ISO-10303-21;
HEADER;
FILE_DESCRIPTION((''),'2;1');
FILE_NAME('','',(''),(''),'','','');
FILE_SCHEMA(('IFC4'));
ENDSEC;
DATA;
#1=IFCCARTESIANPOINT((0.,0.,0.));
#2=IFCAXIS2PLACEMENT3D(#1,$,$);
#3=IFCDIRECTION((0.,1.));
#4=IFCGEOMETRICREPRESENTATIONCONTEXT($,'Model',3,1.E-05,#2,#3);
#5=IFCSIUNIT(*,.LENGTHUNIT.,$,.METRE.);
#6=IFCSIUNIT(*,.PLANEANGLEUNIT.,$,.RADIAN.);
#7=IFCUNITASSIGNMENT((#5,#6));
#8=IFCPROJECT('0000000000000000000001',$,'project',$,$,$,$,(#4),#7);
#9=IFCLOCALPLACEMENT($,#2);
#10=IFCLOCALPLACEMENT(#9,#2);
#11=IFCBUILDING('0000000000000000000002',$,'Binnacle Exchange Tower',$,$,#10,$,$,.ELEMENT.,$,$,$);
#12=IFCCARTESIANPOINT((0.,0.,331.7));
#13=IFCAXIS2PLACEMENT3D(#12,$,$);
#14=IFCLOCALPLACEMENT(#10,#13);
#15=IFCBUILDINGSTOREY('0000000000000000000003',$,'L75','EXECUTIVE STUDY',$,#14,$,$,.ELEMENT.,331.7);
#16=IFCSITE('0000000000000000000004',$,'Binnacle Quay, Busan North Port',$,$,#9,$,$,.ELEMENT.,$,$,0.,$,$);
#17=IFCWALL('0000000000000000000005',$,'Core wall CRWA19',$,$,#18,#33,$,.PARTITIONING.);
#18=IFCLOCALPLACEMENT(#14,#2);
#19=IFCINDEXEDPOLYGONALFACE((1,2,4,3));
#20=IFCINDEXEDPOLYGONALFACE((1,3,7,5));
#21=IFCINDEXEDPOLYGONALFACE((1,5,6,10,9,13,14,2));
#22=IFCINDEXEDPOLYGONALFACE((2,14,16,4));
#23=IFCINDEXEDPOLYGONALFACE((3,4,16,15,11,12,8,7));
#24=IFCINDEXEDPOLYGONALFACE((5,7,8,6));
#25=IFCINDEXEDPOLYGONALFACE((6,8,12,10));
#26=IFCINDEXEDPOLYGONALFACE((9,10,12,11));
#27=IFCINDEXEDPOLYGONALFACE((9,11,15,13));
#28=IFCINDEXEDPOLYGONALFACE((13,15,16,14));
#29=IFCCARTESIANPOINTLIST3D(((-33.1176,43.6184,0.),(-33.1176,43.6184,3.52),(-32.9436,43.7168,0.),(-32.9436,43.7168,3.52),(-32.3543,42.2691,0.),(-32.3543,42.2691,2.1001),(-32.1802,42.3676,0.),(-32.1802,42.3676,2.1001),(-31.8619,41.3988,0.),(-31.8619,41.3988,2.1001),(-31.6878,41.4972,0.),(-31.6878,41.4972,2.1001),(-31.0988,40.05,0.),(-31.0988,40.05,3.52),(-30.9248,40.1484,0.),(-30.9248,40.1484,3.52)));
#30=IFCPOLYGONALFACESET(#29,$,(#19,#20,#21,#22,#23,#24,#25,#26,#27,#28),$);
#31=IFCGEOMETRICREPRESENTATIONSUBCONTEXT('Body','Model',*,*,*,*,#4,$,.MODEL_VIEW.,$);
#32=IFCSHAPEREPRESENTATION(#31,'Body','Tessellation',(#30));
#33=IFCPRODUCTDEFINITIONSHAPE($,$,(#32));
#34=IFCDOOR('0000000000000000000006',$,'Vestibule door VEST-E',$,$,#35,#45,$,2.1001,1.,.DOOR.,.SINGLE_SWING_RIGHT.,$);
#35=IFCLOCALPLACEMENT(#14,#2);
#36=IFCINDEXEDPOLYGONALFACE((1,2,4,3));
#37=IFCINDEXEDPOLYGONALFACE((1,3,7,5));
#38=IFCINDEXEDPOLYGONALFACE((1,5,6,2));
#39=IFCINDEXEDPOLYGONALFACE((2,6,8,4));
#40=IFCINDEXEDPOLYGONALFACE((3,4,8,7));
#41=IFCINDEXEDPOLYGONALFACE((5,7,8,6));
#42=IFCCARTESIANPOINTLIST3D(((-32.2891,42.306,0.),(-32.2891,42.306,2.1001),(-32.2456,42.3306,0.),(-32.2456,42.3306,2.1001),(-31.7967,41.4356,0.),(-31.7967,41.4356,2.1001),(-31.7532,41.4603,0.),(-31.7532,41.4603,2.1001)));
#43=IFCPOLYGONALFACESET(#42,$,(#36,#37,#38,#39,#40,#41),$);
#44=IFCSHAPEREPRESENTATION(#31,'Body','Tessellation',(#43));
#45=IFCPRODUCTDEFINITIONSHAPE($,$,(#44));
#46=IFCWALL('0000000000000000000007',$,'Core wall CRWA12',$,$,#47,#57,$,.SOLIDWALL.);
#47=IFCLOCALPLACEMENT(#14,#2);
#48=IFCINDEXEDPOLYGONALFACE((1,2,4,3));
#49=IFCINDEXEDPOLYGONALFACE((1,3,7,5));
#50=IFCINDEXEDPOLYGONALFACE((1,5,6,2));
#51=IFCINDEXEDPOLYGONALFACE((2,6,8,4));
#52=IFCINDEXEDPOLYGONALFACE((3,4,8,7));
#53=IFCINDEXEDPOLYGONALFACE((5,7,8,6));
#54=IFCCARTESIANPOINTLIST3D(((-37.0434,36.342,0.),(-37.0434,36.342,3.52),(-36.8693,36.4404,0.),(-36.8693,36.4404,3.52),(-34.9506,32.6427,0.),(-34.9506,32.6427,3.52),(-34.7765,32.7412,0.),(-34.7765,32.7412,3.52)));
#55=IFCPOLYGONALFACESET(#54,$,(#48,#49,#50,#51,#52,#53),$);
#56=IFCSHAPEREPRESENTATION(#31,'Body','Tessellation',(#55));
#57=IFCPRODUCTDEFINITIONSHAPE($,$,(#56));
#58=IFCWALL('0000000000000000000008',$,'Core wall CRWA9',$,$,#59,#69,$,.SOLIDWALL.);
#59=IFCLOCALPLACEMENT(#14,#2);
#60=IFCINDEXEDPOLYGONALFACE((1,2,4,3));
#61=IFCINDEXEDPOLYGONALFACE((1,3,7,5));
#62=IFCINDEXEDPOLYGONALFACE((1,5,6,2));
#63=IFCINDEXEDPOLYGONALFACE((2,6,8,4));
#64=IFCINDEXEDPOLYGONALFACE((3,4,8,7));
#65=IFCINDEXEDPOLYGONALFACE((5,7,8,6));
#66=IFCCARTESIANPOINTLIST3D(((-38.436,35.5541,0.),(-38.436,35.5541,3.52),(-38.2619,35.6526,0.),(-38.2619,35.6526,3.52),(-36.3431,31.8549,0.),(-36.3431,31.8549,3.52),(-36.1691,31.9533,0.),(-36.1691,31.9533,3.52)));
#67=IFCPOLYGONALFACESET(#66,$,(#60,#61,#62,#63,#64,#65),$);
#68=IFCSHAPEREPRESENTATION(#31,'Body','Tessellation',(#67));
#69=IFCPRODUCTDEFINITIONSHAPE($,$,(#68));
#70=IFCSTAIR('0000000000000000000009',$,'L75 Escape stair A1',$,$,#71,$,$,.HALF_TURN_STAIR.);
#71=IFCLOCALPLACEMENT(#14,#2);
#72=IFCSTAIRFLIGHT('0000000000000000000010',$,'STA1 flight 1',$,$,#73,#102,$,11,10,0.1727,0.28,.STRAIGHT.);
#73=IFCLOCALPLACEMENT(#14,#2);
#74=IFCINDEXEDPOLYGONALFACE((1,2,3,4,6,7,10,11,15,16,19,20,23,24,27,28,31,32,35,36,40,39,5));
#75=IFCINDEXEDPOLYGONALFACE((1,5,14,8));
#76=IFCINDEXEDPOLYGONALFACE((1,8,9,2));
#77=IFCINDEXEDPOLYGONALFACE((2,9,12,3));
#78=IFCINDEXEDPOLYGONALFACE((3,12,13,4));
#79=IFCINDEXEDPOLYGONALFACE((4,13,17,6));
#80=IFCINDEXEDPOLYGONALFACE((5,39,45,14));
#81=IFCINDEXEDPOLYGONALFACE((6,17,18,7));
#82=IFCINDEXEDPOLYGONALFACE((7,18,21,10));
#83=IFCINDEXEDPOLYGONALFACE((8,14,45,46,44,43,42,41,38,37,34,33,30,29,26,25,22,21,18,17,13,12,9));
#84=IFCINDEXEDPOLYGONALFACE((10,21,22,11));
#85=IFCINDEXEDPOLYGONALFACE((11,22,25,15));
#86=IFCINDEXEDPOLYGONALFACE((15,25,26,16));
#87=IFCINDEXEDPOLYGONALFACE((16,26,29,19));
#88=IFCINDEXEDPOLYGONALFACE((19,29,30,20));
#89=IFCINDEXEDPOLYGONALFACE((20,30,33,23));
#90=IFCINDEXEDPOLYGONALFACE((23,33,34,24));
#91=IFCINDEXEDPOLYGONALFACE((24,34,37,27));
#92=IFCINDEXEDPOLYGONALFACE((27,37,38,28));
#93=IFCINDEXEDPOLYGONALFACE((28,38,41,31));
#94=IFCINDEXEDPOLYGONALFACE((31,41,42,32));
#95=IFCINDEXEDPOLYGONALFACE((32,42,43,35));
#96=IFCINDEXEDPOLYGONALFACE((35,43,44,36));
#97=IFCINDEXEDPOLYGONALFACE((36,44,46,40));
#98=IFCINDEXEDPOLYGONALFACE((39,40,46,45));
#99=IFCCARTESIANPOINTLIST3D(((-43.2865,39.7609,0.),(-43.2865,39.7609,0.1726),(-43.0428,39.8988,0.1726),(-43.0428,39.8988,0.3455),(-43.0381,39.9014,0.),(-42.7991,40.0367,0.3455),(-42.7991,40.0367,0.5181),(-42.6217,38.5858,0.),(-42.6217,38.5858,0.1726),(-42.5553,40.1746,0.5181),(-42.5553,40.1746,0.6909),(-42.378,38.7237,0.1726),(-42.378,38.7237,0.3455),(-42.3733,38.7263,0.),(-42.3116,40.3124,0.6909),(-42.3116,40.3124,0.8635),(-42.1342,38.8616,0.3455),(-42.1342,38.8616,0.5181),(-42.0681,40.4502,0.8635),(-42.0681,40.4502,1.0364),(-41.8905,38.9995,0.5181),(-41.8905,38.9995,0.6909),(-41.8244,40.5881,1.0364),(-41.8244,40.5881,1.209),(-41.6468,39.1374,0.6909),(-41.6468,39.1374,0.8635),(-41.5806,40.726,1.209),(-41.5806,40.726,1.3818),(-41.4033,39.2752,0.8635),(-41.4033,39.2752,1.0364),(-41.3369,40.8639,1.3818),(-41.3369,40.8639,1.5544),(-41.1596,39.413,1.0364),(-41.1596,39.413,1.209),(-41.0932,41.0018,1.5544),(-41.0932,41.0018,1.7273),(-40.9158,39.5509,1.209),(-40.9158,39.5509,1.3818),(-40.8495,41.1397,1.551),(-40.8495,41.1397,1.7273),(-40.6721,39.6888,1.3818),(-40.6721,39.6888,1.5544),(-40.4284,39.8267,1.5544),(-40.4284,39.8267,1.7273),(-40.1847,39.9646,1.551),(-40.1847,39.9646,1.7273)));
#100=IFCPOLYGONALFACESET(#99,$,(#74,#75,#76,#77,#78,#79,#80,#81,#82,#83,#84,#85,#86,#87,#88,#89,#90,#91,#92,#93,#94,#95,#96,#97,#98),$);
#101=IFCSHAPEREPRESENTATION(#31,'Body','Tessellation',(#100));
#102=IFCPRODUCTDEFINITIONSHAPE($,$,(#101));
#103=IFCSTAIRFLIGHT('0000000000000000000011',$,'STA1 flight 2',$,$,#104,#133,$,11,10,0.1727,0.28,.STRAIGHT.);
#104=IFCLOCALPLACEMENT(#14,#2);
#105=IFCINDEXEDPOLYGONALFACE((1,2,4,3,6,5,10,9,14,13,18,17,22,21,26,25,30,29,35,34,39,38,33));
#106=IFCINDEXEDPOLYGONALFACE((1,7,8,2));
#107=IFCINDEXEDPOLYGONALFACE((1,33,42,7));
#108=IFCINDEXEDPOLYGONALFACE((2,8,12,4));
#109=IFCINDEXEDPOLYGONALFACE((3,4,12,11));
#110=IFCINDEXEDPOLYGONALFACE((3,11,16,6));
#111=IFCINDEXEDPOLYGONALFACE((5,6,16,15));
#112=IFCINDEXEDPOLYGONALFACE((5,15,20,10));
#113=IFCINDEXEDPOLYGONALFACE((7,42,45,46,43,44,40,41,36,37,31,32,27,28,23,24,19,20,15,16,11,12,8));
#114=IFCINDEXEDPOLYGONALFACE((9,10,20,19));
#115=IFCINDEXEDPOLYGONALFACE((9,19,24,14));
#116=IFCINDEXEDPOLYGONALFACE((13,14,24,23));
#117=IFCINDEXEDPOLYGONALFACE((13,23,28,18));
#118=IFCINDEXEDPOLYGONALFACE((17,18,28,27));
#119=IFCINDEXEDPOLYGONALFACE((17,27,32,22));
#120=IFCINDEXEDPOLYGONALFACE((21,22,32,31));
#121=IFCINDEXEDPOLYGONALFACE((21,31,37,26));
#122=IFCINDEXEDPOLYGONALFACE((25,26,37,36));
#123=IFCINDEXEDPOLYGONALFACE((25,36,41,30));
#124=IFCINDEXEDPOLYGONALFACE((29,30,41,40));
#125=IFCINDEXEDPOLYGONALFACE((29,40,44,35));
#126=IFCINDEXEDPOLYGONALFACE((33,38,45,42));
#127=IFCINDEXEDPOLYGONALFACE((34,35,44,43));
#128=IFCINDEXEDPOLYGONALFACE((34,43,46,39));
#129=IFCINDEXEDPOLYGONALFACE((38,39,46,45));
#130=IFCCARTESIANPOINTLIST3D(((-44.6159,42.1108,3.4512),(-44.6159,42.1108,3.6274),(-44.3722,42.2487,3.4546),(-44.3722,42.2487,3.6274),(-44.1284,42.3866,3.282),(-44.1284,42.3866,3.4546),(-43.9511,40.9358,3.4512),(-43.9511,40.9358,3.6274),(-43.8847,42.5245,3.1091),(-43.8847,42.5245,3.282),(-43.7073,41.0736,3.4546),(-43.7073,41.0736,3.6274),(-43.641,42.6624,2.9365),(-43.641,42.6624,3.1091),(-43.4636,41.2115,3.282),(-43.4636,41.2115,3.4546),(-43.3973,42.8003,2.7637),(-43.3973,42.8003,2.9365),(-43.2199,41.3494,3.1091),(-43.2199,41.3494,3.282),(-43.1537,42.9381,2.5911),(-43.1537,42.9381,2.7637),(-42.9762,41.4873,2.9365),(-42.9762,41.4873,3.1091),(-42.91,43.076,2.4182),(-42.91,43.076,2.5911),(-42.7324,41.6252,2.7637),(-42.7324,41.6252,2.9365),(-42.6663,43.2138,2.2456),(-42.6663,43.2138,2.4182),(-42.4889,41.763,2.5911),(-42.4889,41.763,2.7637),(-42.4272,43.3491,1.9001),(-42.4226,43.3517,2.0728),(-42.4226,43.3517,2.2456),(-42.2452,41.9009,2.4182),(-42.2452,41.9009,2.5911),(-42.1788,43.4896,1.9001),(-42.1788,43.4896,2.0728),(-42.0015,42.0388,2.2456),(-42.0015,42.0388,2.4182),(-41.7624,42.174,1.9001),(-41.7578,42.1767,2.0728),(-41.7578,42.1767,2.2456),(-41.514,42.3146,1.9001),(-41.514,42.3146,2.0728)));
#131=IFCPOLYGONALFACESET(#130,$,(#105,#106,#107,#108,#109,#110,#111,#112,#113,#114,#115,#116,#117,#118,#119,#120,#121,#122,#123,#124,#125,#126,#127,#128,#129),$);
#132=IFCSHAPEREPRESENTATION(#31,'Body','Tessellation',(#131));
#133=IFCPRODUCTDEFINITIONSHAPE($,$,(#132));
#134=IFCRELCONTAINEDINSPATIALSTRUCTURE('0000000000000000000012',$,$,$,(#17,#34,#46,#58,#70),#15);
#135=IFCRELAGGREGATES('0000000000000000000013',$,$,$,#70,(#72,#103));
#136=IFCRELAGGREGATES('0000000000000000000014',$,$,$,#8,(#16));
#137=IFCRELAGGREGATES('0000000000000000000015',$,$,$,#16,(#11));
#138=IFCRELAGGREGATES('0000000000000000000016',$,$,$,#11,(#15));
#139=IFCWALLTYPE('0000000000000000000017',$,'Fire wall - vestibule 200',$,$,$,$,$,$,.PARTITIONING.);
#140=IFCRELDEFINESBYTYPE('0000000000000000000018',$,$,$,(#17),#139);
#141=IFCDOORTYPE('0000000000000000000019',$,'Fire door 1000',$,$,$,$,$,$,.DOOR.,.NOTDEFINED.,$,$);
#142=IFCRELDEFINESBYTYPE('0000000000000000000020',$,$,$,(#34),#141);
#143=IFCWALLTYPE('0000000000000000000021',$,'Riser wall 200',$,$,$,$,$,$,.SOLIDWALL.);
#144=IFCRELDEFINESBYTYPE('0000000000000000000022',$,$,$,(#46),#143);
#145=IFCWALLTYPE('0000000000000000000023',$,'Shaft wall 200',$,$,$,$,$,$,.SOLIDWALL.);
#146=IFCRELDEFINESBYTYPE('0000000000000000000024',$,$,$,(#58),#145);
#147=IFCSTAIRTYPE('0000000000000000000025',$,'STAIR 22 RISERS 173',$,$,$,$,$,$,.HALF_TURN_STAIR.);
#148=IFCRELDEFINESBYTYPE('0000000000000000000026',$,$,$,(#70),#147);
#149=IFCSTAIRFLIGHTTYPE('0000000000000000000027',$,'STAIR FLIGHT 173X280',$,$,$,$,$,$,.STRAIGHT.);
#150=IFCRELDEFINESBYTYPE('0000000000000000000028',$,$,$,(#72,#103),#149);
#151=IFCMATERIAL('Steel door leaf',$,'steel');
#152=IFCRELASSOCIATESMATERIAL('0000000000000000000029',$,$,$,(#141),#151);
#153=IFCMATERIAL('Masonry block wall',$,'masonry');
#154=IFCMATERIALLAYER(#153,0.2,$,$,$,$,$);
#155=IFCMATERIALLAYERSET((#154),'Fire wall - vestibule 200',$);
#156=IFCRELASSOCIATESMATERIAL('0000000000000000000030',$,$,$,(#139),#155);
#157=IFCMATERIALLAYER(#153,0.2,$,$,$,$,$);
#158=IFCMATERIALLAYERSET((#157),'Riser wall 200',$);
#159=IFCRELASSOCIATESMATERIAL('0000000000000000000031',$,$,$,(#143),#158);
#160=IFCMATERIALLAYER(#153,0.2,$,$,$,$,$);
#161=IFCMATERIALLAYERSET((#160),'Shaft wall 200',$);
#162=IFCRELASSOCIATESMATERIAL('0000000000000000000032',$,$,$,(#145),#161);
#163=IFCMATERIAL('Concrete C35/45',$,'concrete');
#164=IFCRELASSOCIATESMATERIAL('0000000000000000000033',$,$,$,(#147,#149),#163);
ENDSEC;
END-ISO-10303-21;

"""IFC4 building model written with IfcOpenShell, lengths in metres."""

from ifc_helpers import new_model, si_unit, direction, frame, frame_2d, origin, place, context, subcontext, project, spatial, polyline, rectangle, outline, extrude, material, layer, layer_set, type_object, element, fill, aggregate, save


model = new_model("IFC4")

# Units and contexts
model_context = context("Model", 3, precision=1e-05, world=origin(), true_north=direction((0.0, 1.0)))
body_context = subcontext(model_context, "Body", "Model", "MODEL_VIEW")
ifc_project = project(units=[si_unit("LENGTHUNIT", "METRE"), si_unit("PLANEANGLEUNIT", "RADIAN")], contexts=[model_context])

# Site, building, storey
site_placement = place(None, origin())
site = spatial("IfcSite", under=ifc_project, at=site_placement, Name="Binnacle Quay, Busan North Port", CompositionType="ELEMENT", RefElevation=0.0)
building_placement = place(site_placement, origin())
building = spatial("IfcBuilding", under=site, at=building_placement, Name="Binnacle Exchange Tower", CompositionType="ELEMENT")
storey_placement = place(building_placement, frame((0.0, 0.0, 331.7)))
storey = spatial("IfcBuildingStorey", under=building, at=storey_placement, Name="L75", Description="EXECUTIVE STUDY", CompositionType="ELEMENT", Elevation=331.7)

# Shared definitions
ifc_material_1 = material(Name="Steel door leaf", Category="steel")

# Shared definitions
door_type_1 = type_object("IfcDoorType", Name="Fire door 1000", OperationType="NOTDEFINED", PredefinedType="DOOR", material=ifc_material_1)

# Wall, opening, door
ifc_material_2 = material(Name="Masonry block wall", Category="masonry")
ifc_layer_1 = layer(ifc_material_2, 0.2)
ifc_layer_set_1 = layer_set([ifc_layer_1], Name="Fire wall - vestibule 200")
wall_type_1 = type_object("IfcWallType", Name="Fire wall - vestibule 200", PredefinedType="PARTITIONING", material=ifc_layer_set_1)
wall_1_placement = place(storey_placement, frame((-33.0305, 43.6675, 0.0), z_axis=(0.0, 0.0, 1.0), x_axis=(0.492408, -0.870364, 0.0)))
wall_1 = element("IfcWall", 1, at=wall_1_placement, inside=storey, type_object=wall_type_1, Name="Core wall CRWA19", PredefinedType="PARTITIONING", context=body_context, shape_type="SweptSolid", body=[
    extrude(rectangle(XDim=4.0999, YDim=0.2, at=frame_2d((2.0498, 0.0))), origin(), (0.0, 0.0, 1.0), 3.52),
])
opening_1_placement = place(wall_1_placement, frame((1.55, 0.0, 0.0)))
opening_1 = element("IfcOpeningElement", 2, at=opening_1_placement, cuts=wall_1, PredefinedType="OPENING", context=body_context, shape_type="SweptSolid", body=[
    extrude(rectangle(XDim=1.0, YDim=2.1001, at=frame_2d((0.5, 1.05))), frame((0.0, 0.1099, 0.0), z_axis=(0.0, -1.0, 0.0), x_axis=(1.0, 0.0, 0.0)), (0.0, 0.0, 1.0), 0.22),
])
door_1_placement = place(opening_1_placement, origin())
door_1 = element("IfcDoor", 3, at=door_1_placement, inside=storey, type_object=door_type_1, Name="Vestibule door VEST-E", OperationType="SINGLE_SWING_RIGHT", OverallHeight=2.1001, OverallWidth=1.0, PredefinedType="DOOR", context=body_context, shape_type="SweptSolid", body=[
    extrude(rectangle(XDim=1.0, YDim=2.1001, at=frame_2d((0.5, 1.05))), frame((0.0, 0.0249, 0.0), z_axis=(0.0, -1.0, 0.0), x_axis=(1.0, 0.0, 0.0)), (0.0, 0.0, 1.0), 0.05),
])
fill(opening_1, door_1)

# Walls
ifc_layer_2 = layer(ifc_material_2, 0.2)
ifc_layer_set_2 = layer_set([ifc_layer_2], Name="Riser wall 200")
wall_type_2 = type_object("IfcWallType", Name="Riser wall 200", PredefinedType="SOLIDWALL", material=ifc_layer_set_2)
wall_2_placement = place(storey_placement, frame((-36.9563, 36.3911, 0.0), z_axis=(0.0, 0.0, 1.0), x_axis=(0.492398, -0.87037, 0.0)))
element("IfcWall", 4, at=wall_2_placement, inside=storey, type_object=wall_type_2, Name="Core wall CRWA12", PredefinedType="SOLIDWALL", context=body_context, shape_type="SweptSolid", body=[
    extrude(rectangle(XDim=4.2502, YDim=0.2, at=frame_2d((2.125, 0.0))), origin(), (0.0, 0.0, 1.0), 3.52),
])
ifc_layer_3 = layer(ifc_material_2, 0.2)
ifc_layer_set_3 = layer_set([ifc_layer_3], Name="Shaft wall 200")
wall_type_3 = type_object("IfcWallType", Name="Shaft wall 200", PredefinedType="SOLIDWALL", material=ifc_layer_set_3)
wall_3_placement = place(storey_placement, frame((-38.3489, 35.6033, 0.0), z_axis=(0.0, 0.0, 1.0), x_axis=(0.492398, -0.87037, 0.0)))
element("IfcWall", 5, at=wall_3_placement, inside=storey, type_object=wall_type_3, Name="Core wall CRWA9", PredefinedType="SOLIDWALL", context=body_context, shape_type="SweptSolid", body=[
    extrude(rectangle(XDim=4.2502, YDim=0.2, at=frame_2d((2.125, 0.0))), origin(), (0.0, 0.0, 1.0), 3.52),
])

# Stair, stair flights
ifc_material_3 = material(Name="Concrete C35/45", Category="concrete")
stair_type = type_object("IfcStairType", Name="STAIR 22 RISERS 173", PredefinedType="HALF_TURN_STAIR", material=ifc_material_3)
stair_placement = place(storey_placement, origin())
stair = element("IfcStair", 6, at=stair_placement, inside=storey, type_object=stair_type, Name="L75 Escape stair A1", PredefinedType="HALF_TURN_STAIR")
stair_flight_type = type_object("IfcStairFlightType", Name="STAIR FLIGHT 173X280", PredefinedType="STRAIGHT", material=ifc_material_3)
stair_flight_1_placement = place(storey_placement, frame((-42.9541, 39.1733, 0.0), z_axis=(0.0, 0.0, 1.0), x_axis=(0.870356, 0.492424, 0.0)))
stair_flight_1 = element("IfcStairFlight", 7, at=stair_flight_1_placement, type_object=stair_flight_type, Name="STA1 flight 1", NumberOfRisers=11, NumberOfTreads=10, PredefinedType="STRAIGHT", RiserHeight=0.1727, TreadLength=0.28, context=body_context, shape_type="SweptSolid", body=[
    extrude(outline(polyline([(0.0, 0.0), (0.0, 0.1726), (0.28, 0.1726), (0.28, 0.3455), (0.5601, 0.3455), (0.5601, 0.5181), (0.8401, 0.5181), (0.8401, 0.6909), (1.1201, 0.6909), (1.1201, 0.8635), (1.3999, 0.8635), (1.3999, 1.0364), (1.6799, 1.0364), (1.6799, 1.209), (1.96, 1.209), (1.96, 1.3818), (2.24, 1.3818), (2.24, 1.5544), (2.52, 1.5544), (2.52, 1.7273), (2.8, 1.7273), (2.8, 1.8999), (2.8, 1.551), (0.2854, 0.0), (0.0, 0.0)])), frame((0.0, 0.675, 0.0), z_axis=(0.0, -1.0, 0.0), x_axis=(1.0, 0.0, 0.0)), (0.0, 0.0, 1.0), 1.3501),
])
stair_flight_2_placement = place(storey_placement, frame((-41.8464, 42.9021, 1.9001), z_axis=(0.0, 0.0, 1.0), x_axis=(-0.870356, -0.492424, 0.0)))
stair_flight_2 = element("IfcStairFlight", 8, at=stair_flight_2_placement, type_object=stair_flight_type, Name="STA1 flight 2", NumberOfRisers=11, NumberOfTreads=10, PredefinedType="STRAIGHT", RiserHeight=0.1727, TreadLength=0.28, context=body_context, shape_type="SweptSolid", body=[
    extrude(outline(polyline([(0.0, 0.0), (0.0, 0.1726), (0.28, 0.1726), (0.28, 0.3455), (0.5601, 0.3455), (0.5601, 0.5181), (0.8401, 0.5181), (0.8401, 0.6909), (1.1201, 0.6909), (1.1201, 0.8635), (1.3999, 0.8635), (1.3999, 1.0364), (1.6799, 1.0364), (1.6799, 1.209), (1.96, 1.209), (1.96, 1.3818), (2.24, 1.3818), (2.24, 1.5544), (2.52, 1.5544), (2.52, 1.7273), (2.8, 1.7273), (2.8, 1.8999), (2.8, 1.551), (0.2854, 0.0), (0.0, 0.0)])), frame((0.0, 0.675, 0.0), z_axis=(0.0, -1.0, 0.0), x_axis=(1.0, 0.0, 0.0)), (0.0, 0.0, 1.0), 1.3501),
])
aggregate(stair, [stair_flight_1, stair_flight_2])

save(model, "model.ifc")
